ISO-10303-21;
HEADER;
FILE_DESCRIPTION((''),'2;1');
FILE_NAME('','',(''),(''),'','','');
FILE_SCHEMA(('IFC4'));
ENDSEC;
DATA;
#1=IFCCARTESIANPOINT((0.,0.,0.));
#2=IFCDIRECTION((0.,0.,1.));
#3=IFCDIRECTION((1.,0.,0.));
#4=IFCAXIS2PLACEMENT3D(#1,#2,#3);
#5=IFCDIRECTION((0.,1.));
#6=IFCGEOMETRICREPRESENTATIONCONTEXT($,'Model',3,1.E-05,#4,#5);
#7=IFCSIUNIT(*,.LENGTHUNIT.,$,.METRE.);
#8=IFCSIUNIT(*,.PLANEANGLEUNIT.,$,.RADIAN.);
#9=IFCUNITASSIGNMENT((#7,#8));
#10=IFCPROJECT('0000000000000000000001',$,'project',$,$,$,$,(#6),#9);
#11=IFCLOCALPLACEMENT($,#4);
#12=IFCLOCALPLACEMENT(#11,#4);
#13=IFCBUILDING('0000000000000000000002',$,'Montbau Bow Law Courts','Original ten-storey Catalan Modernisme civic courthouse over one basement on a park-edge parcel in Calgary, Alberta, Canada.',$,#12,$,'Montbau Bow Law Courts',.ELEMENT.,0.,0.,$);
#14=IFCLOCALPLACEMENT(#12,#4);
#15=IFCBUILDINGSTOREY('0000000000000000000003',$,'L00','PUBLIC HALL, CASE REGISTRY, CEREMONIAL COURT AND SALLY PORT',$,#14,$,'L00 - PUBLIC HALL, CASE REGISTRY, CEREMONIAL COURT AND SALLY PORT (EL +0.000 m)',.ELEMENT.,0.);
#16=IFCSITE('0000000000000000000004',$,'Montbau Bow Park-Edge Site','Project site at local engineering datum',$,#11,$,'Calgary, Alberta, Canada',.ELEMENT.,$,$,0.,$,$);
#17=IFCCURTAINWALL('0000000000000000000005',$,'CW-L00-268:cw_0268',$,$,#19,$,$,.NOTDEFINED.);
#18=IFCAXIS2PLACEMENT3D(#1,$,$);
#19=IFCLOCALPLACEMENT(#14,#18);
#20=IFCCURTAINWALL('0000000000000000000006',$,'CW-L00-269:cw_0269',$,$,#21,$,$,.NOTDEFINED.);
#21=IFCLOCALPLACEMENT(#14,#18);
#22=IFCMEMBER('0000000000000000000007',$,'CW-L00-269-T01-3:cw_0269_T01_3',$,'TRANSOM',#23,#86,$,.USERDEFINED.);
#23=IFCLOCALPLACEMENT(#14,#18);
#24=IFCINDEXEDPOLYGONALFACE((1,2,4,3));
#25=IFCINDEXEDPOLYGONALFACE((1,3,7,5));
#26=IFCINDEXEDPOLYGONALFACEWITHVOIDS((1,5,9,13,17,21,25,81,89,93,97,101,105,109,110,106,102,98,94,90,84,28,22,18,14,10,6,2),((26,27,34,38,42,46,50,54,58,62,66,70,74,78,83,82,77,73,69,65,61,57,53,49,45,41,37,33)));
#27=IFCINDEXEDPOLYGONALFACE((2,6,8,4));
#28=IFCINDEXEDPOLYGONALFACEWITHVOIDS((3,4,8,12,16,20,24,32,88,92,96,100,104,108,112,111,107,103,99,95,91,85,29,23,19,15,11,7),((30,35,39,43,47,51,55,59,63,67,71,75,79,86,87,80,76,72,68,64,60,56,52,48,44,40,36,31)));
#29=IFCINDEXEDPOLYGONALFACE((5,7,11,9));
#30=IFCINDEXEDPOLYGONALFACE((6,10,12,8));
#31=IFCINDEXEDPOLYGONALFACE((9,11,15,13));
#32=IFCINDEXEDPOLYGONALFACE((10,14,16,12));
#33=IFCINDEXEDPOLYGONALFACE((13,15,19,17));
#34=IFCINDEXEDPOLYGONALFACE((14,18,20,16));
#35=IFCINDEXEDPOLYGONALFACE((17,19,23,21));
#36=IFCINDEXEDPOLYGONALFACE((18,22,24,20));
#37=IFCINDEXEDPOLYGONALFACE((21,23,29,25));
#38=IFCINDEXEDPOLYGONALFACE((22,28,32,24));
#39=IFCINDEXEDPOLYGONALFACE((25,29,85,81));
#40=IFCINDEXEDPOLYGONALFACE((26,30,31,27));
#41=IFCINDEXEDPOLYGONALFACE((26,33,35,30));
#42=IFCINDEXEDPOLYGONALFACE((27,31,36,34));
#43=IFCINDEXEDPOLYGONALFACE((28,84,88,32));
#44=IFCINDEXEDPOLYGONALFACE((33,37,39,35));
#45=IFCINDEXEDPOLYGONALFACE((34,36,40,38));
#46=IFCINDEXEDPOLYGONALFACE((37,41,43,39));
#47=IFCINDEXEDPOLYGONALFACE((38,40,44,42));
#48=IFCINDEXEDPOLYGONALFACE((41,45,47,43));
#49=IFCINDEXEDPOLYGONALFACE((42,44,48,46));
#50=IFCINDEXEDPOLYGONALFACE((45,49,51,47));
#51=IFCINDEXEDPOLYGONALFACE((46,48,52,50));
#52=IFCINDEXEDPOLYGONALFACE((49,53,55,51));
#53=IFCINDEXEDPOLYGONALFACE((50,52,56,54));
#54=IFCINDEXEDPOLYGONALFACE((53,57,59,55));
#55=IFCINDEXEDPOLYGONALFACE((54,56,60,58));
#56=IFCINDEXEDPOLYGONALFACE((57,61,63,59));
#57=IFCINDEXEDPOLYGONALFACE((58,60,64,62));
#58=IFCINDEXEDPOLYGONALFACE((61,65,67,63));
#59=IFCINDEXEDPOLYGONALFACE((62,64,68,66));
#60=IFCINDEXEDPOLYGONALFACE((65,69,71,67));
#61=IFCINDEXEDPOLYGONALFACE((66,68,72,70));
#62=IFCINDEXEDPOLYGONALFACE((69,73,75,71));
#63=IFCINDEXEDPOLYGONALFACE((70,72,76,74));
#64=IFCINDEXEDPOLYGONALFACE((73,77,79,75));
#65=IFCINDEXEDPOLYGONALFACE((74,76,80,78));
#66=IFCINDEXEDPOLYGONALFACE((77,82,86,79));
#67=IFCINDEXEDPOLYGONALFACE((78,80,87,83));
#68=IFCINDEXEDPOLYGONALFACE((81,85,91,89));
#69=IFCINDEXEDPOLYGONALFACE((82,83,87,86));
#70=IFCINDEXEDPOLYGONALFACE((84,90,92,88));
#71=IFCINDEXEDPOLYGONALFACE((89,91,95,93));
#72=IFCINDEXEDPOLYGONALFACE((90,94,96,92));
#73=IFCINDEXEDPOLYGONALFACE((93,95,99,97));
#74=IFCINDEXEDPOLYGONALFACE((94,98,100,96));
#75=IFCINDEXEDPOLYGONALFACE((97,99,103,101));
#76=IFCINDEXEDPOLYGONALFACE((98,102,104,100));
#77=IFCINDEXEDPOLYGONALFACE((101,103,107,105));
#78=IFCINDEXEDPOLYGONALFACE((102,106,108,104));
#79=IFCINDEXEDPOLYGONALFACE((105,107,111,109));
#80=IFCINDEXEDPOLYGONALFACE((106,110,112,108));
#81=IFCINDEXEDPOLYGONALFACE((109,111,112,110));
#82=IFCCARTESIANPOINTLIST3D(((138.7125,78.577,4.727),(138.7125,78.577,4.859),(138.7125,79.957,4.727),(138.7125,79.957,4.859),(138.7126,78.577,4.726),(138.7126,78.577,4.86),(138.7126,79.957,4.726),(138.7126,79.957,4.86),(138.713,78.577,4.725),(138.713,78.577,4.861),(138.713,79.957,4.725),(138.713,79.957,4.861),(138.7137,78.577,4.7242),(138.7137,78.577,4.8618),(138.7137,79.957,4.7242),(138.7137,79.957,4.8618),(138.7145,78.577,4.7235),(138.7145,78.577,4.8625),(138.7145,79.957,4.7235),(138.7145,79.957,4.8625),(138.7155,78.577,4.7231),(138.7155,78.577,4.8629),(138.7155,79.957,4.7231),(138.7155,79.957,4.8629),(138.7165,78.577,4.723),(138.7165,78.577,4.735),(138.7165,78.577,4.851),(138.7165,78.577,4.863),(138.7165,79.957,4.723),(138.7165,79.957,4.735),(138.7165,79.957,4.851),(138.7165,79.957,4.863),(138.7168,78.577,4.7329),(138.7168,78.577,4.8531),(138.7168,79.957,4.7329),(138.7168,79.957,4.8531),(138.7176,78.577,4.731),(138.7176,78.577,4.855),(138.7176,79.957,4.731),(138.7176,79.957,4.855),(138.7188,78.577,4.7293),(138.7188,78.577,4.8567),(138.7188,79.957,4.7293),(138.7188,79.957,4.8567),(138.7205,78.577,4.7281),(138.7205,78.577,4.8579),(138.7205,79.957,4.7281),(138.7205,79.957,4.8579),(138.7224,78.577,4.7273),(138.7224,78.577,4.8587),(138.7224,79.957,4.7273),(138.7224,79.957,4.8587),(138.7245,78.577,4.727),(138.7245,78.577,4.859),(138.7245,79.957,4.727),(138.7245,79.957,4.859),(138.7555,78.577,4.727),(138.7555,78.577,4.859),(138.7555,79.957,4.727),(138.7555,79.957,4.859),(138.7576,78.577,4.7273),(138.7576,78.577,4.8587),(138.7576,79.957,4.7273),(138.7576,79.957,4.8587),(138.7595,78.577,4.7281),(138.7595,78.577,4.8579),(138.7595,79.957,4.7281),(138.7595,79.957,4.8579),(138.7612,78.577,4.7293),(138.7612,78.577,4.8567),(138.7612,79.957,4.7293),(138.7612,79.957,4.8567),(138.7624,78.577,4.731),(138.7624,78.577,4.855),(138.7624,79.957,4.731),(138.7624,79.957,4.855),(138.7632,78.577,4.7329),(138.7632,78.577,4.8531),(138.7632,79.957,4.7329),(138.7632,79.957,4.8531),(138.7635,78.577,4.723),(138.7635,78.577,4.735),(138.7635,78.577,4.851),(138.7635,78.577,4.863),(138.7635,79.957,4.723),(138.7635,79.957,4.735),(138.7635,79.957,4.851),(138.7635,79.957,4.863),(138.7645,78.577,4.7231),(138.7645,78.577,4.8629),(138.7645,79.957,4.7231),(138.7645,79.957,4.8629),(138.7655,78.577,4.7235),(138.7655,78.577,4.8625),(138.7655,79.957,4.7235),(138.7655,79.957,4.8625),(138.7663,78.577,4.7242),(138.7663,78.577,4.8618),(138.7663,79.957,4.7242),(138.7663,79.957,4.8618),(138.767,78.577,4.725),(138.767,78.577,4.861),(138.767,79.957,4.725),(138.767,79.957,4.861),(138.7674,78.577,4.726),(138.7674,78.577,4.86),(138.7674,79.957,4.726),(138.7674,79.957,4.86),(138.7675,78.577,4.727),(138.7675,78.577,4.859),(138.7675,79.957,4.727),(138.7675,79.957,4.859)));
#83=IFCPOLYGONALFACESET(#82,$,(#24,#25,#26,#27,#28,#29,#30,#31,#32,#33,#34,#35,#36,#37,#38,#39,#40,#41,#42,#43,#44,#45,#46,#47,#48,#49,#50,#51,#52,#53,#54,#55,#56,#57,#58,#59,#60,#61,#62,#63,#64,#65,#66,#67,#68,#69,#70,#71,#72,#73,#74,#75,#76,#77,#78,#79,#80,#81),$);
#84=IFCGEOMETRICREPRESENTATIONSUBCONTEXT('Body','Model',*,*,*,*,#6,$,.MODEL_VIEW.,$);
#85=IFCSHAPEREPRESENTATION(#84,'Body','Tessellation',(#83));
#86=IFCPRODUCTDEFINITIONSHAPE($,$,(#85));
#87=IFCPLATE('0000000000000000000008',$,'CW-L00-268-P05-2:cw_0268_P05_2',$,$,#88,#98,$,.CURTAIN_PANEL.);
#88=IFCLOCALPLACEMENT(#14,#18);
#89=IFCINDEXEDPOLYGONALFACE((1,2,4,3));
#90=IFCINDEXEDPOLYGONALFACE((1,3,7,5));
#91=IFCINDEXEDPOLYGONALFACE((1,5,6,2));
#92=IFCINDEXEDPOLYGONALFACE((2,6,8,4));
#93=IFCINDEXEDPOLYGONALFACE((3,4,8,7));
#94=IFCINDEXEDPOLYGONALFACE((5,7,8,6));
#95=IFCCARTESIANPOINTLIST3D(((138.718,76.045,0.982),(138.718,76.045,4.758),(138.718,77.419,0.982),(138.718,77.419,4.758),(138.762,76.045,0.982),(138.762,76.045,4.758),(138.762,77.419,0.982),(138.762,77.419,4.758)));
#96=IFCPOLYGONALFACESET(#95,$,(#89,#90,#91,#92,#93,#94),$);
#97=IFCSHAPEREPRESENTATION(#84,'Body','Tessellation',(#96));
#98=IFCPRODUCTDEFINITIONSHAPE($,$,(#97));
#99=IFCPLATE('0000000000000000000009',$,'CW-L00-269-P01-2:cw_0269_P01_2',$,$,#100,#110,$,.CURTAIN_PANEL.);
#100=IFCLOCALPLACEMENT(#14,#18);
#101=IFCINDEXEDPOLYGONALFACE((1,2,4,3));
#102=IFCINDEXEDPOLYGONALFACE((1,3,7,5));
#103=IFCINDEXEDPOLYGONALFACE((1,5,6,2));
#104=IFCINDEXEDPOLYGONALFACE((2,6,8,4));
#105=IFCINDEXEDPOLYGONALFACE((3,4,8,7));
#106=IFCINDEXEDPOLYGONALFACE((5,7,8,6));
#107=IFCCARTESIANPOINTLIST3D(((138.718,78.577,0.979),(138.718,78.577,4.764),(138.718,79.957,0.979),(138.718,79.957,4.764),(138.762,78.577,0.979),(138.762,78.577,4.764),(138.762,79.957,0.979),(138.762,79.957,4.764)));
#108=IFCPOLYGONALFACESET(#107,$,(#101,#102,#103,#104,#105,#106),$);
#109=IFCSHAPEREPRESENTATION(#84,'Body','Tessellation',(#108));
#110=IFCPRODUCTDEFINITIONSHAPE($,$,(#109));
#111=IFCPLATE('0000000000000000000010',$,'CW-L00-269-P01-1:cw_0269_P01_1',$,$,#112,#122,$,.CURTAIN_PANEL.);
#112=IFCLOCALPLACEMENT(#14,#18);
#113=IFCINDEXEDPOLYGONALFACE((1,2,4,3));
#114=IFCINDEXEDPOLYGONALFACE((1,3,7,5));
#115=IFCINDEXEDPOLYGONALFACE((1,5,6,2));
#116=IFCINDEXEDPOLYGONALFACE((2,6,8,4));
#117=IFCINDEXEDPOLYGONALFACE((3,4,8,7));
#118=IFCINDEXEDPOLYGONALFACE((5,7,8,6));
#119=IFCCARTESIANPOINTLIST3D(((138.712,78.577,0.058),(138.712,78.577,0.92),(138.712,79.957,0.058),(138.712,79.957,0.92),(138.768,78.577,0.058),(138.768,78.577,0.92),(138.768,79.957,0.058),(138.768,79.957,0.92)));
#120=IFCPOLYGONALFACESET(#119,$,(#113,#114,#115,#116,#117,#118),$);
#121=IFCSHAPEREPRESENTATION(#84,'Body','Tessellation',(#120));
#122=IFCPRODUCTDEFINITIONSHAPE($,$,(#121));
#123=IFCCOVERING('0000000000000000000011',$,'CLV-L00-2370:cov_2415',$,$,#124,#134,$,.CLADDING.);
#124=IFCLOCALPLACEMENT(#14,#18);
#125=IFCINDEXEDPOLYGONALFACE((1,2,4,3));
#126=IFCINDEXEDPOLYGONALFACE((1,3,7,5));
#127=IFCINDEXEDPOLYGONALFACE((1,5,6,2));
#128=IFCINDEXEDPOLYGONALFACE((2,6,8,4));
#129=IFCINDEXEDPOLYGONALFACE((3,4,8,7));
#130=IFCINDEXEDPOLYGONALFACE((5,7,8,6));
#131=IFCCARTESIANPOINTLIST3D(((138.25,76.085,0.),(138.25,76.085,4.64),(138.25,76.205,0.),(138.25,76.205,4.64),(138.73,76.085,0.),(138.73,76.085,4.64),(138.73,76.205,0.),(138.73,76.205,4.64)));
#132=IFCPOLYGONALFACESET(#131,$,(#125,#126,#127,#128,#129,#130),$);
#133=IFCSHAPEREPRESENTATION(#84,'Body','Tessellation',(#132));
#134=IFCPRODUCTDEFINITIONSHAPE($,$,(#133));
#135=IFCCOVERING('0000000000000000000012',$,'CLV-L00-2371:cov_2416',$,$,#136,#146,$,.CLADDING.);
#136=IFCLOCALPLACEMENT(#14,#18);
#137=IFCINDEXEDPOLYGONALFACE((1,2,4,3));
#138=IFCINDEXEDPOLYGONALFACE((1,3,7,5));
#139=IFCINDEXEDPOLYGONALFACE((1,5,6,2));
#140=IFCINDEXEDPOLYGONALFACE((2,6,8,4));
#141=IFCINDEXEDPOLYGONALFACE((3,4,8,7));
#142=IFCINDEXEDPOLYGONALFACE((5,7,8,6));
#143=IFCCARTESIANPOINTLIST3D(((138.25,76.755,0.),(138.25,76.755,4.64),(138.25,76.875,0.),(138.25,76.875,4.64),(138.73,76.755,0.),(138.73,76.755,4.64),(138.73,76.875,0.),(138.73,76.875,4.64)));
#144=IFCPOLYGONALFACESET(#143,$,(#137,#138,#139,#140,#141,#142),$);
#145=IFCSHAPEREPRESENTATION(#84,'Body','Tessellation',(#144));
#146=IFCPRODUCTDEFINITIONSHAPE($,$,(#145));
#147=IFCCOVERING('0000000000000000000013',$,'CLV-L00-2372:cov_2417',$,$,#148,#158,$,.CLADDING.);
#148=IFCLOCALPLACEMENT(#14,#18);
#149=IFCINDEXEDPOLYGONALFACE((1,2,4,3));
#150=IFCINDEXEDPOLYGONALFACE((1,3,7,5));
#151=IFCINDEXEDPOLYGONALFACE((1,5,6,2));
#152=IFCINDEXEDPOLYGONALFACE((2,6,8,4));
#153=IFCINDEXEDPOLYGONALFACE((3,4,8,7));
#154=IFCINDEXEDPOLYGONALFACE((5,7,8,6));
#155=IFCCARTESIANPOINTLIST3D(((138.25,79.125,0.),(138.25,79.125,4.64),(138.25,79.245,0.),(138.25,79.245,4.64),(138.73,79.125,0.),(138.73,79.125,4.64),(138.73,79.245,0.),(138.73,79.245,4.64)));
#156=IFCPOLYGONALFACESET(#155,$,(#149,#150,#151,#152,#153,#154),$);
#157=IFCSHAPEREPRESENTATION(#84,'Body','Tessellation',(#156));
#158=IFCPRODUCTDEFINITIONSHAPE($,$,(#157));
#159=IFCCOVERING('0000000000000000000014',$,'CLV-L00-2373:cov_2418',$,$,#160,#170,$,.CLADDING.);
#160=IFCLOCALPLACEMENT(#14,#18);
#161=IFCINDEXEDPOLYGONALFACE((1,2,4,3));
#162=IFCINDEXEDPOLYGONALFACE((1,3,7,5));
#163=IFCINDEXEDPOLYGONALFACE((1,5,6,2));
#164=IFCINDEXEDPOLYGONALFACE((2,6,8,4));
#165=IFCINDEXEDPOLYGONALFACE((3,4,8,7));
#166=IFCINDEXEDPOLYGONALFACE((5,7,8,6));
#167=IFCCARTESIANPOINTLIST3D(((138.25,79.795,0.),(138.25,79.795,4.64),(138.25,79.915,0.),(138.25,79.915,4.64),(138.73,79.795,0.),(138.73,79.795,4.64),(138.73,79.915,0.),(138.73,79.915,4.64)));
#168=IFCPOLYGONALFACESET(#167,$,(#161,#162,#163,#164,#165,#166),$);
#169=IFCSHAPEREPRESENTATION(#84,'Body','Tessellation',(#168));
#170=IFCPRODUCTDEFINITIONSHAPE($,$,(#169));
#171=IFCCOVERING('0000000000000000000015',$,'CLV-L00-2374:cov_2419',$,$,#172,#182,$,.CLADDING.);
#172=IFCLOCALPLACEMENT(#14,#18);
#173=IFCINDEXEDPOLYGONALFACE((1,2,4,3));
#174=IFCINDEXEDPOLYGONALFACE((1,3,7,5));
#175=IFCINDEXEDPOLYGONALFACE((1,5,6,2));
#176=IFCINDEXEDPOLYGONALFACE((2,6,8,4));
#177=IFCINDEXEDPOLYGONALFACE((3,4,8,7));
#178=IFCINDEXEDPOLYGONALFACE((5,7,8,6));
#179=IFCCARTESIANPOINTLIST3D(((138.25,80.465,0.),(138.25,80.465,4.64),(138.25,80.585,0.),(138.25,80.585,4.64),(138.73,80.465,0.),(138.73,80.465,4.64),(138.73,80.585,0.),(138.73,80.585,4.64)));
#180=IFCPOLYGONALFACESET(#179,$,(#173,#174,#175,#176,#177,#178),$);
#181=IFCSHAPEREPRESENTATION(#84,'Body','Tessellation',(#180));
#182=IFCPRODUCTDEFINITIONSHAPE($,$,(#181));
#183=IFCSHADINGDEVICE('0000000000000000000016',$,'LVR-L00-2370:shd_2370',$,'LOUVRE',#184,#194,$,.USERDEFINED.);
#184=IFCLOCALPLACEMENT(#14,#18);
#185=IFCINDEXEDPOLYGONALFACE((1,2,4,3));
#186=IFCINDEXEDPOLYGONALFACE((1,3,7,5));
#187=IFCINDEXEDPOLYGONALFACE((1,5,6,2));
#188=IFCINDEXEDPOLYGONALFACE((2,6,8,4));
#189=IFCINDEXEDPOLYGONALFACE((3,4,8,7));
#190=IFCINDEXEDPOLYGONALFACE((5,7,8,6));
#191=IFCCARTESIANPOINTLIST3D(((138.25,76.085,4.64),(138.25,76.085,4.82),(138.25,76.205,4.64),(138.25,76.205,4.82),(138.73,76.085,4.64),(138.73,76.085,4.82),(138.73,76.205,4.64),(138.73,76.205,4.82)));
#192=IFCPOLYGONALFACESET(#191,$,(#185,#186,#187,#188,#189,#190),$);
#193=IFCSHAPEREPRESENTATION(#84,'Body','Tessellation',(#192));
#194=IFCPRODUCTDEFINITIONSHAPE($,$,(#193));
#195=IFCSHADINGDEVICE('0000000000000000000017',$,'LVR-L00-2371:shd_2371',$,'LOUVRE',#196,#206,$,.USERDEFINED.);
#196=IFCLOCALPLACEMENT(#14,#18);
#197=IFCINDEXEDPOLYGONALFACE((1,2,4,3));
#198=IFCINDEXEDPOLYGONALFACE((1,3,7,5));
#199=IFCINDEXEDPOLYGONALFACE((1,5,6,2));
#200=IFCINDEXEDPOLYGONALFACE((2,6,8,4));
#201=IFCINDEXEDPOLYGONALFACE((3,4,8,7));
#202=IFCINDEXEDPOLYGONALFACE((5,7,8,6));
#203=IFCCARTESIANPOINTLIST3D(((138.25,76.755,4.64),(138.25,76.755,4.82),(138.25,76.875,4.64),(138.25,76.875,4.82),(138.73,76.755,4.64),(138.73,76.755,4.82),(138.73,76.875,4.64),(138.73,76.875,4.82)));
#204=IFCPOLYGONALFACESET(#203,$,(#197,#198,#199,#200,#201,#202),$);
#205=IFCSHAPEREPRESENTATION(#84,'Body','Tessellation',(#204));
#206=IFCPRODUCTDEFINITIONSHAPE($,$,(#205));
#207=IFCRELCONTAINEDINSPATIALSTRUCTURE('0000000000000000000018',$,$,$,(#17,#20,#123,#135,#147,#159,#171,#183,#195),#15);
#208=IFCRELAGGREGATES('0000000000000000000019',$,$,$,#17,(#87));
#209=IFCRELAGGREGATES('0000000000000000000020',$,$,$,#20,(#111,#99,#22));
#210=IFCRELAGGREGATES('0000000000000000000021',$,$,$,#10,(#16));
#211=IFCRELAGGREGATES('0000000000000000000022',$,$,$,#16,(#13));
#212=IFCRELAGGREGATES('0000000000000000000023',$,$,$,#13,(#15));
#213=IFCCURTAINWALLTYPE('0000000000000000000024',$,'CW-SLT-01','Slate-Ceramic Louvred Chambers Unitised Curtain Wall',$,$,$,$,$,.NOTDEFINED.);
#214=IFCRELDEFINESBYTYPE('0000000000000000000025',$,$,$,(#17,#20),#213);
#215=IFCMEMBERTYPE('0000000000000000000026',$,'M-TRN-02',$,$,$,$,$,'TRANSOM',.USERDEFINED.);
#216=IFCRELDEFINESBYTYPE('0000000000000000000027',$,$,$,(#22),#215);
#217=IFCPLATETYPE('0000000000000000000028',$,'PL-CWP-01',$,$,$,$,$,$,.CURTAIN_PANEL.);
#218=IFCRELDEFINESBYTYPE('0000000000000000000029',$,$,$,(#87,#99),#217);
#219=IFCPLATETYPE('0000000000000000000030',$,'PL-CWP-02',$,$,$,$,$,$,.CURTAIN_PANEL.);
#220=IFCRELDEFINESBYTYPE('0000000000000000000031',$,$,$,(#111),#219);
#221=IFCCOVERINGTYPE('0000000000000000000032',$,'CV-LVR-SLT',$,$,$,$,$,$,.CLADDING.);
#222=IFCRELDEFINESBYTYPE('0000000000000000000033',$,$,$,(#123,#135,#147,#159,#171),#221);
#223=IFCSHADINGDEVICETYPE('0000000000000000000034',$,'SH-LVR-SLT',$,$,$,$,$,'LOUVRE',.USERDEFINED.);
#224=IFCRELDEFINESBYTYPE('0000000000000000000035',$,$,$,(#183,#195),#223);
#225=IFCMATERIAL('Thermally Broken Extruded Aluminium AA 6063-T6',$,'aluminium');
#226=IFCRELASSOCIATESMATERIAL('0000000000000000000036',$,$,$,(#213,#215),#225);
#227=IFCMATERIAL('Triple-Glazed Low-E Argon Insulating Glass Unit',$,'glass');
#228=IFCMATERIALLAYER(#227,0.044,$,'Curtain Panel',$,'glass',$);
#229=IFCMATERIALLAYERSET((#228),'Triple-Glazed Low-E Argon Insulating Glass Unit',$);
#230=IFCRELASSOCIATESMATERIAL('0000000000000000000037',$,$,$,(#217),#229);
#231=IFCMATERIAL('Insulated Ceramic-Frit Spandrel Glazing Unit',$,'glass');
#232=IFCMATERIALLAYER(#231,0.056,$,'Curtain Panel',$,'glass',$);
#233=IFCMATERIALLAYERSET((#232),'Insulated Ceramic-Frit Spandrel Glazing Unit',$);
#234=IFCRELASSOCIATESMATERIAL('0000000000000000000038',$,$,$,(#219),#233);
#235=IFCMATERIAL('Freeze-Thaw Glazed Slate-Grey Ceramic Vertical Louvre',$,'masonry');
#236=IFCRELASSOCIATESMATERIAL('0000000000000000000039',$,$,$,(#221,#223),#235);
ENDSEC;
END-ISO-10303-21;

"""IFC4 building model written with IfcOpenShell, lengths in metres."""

from ifc_helpers import new_model, si_unit, direction, frame, frame_2d, origin_with_axes, origin_2d_with_axis, place, context, subcontext, project, spatial, rectangle, hollow_rectangle, extrude, material, layer, layer_set, material_profile, profile_set, type_object, element, aggregate, save


model = new_model("IFC4")

# Units and contexts
model_context = context("Model", 3, precision=1e-05, world=origin_with_axes(), true_north=direction((0.0, 1.0)))
body_context = subcontext(model_context, "Body", "Model", "MODEL_VIEW")
ifc_project = project(units=[si_unit("LENGTHUNIT", "METRE"), si_unit("PLANEANGLEUNIT", "RADIAN")], contexts=[model_context])

# Site, building, storey
site_placement = place(None, origin_with_axes())
site = spatial("IfcSite", under=ifc_project, at=site_placement, Name="Montbau Bow Park-Edge Site", Description="Project site at local engineering datum", LongName="Calgary, Alberta, Canada", CompositionType="ELEMENT", RefElevation=0.0)
building_placement = place(site_placement, origin_with_axes())
building = spatial("IfcBuilding", under=site, at=building_placement, Name="Montbau Bow Law Courts", Description="Original ten-storey Catalan Modernisme civic courthouse over one basement on a park-edge parcel in Calgary, Alberta, Canada.", LongName="Montbau Bow Law Courts", CompositionType="ELEMENT", ElevationOfRefHeight=0.0, ElevationOfTerrain=0.0)
storey_placement = place(building_placement, origin_with_axes())
storey = spatial("IfcBuildingStorey", under=building, at=storey_placement, Name="L00", Description="PUBLIC HALL, CASE REGISTRY, CEREMONIAL COURT AND SALLY PORT", LongName="L00 - PUBLIC HALL, CASE REGISTRY, CEREMONIAL COURT AND SALLY PORT (EL +0.000 m)", CompositionType="ELEMENT", Elevation=0.0)

# Curtain wall
ifc_material_1 = material(Name="Thermally Broken Extruded Aluminium AA 6063-T6", Category="aluminium")
curtain_wall_type = type_object("IfcCurtainWallType", Name="CW-SLT-01", Description="Slate-Ceramic Louvred Chambers Unitised Curtain Wall", PredefinedType="NOTDEFINED", material=ifc_material_1)
curtain_wall_1_placement = place(None, frame((138.74, 70.115, 0.0), z_axis=(0.0, 0.0, 1.0), x_axis=(1.0, 0.0, 0.0)))
curtain_wall_1 = element("IfcCurtainWall", 1, at=curtain_wall_1_placement, inside=storey, type_object=curtain_wall_type, Name="CW-L00-268:cw_0268", PredefinedType="NOTDEFINED")

# Curtain wall
curtain_wall_2_placement = place(None, frame((138.74, 78.515, 0.0), z_axis=(0.0, 0.0, 1.0), x_axis=(1.0, 0.0, 0.0)))
curtain_wall_2 = element("IfcCurtainWall", 2, at=curtain_wall_2_placement, inside=storey, type_object=curtain_wall_type, Name="CW-L00-269:cw_0269", PredefinedType="NOTDEFINED")

# Member
ifc_material_profile_1 = material_profile(ifc_material_1, hollow_rectangle(XDim=0.055, YDim=0.14, WallThickness=0.004, InnerFilletRadius=0.008, OuterFilletRadius=0.004, at=origin_2d_with_axis()), Name="CWT-140X55", Category="Main", Priority=0)
ifc_profile_set_1 = profile_set([ifc_material_profile_1], Name="Thermally Broken Extruded Aluminium AA 6063-T6")
member_type_1 = type_object("IfcMemberType", Name="M-TRN-02", ElementType="TRANSOM", PredefinedType="USERDEFINED", material=ifc_profile_set_1)
member_1_placement = place(None, frame((138.74, 78.577, 4.793), z_axis=(0.0, 1.0, 0.0), x_axis=(-1.0, 0.0, 0.0)))
member_1 = element("IfcMember", 3, at=member_1_placement, type_object=member_type_1, Name="CW-L00-269-T01-3:cw_0269_T01_3", ObjectType="TRANSOM", PredefinedType="USERDEFINED", context=body_context, shape_type="SweptSolid", body=[
    extrude(hollow_rectangle(XDim=0.055, YDim=0.14, WallThickness=0.004, InnerFilletRadius=0.008, OuterFilletRadius=0.004, at=origin_2d_with_axis()), origin_with_axes(), (0.0, 0.0, 1.0), 1.38),
])

# Plates
ifc_material_2 = material(Name="Triple-Glazed Low-E Argon Insulating Glass Unit", Category="glass")
ifc_layer_1 = layer(ifc_material_2, 0.044, Name="Curtain Panel", Category="glass")
ifc_layer_set_1 = layer_set([ifc_layer_1], Name="Triple-Glazed Low-E Argon Insulating Glass Unit")
plate_type_1 = type_object("IfcPlateType", Name="PL-CWP-01", PredefinedType="CURTAIN_PANEL", material=ifc_layer_set_1)
plate_1_placement = place(None, frame((138.74, 76.045, 0.982), z_axis=(1.0, 0.0, 0.0), x_axis=(0.0, 1.0, 0.0)))
plate_1 = element("IfcPlate", 4, at=plate_1_placement, type_object=plate_type_1, Name="CW-L00-268-P05-2:cw_0268_P05_2", PredefinedType="CURTAIN_PANEL", context=body_context, shape_type="SweptSolid", body=[
    extrude(rectangle(XDim=1.374, YDim=3.776, at=frame_2d((0.687, 1.888), x_axis=(1.0, 0.0))), frame((0.0, 0.0, -0.022), z_axis=(0.0, 0.0, 1.0), x_axis=(1.0, 0.0, 0.0)), (0.0, 0.0, 1.0), 0.044),
])
aggregate(curtain_wall_1, [plate_1])
plate_2_placement = place(None, frame((138.74, 78.577, 0.979), z_axis=(1.0, 0.0, 0.0), x_axis=(0.0, 1.0, 0.0)))
plate_2 = element("IfcPlate", 5, at=plate_2_placement, type_object=plate_type_1, Name="CW-L00-269-P01-2:cw_0269_P01_2", PredefinedType="CURTAIN_PANEL", context=body_context, shape_type="SweptSolid", body=[
    extrude(rectangle(XDim=1.38, YDim=3.785, at=frame_2d((0.69, 1.8925), x_axis=(1.0, 0.0))), frame((0.0, 0.0, -0.022), z_axis=(0.0, 0.0, 1.0), x_axis=(1.0, 0.0, 0.0)), (0.0, 0.0, 1.0), 0.044),
])
ifc_material_3 = material(Name="Insulated Ceramic-Frit Spandrel Glazing Unit", Category="glass")
ifc_layer_2 = layer(ifc_material_3, 0.056, Name="Curtain Panel", Category="glass")
ifc_layer_set_2 = layer_set([ifc_layer_2], Name="Insulated Ceramic-Frit Spandrel Glazing Unit")
plate_type_2 = type_object("IfcPlateType", Name="PL-CWP-02", PredefinedType="CURTAIN_PANEL", material=ifc_layer_set_2)
plate_3_placement = place(None, frame((138.74, 78.577, 0.058), z_axis=(1.0, 0.0, 0.0), x_axis=(0.0, 1.0, 0.0)))
plate_3 = element("IfcPlate", 6, at=plate_3_placement, type_object=plate_type_2, Name="CW-L00-269-P01-1:cw_0269_P01_1", PredefinedType="CURTAIN_PANEL", context=body_context, shape_type="SweptSolid", body=[
    extrude(rectangle(XDim=1.38, YDim=0.862, at=frame_2d((0.69, 0.431), x_axis=(1.0, 0.0))), frame((0.0, 0.0, -0.028), z_axis=(0.0, 0.0, 1.0), x_axis=(1.0, 0.0, 0.0)), (0.0, 0.0, 1.0), 0.056),
])
aggregate(curtain_wall_2, [plate_3, plate_2, member_1])

# Coverings
ifc_material_4 = material(Name="Freeze-Thaw Glazed Slate-Grey Ceramic Vertical Louvre", Category="masonry")
covering_type = type_object("IfcCoveringType", Name="CV-LVR-SLT", PredefinedType="CLADDING", material=ifc_material_4)
for number, where, z_axis, x_axis, name in (
    (7, (138.73, 76.145, 0.0), (0.0, 1.0, 0.0), (-1.0, 0.0, 0.0), "CLV-L00-2370:cov_2415"),
    (8, (138.73, 76.815, 0.0), (0.0, 1.0, 0.0), (-1.0, 0.0, 0.0), "CLV-L00-2371:cov_2416"),
    (9, (138.73, 79.185, 0.0), (0.0, 1.0, 0.0), (-1.0, 0.0, 0.0), "CLV-L00-2372:cov_2417"),
    (10, (138.73, 79.855, 0.0), (0.0, 1.0, 0.0), (-1.0, 0.0, 0.0), "CLV-L00-2373:cov_2418"),
    (11, (138.73, 80.525, 0.0), (0.0, 1.0, 0.0), (-1.0, 0.0, 0.0), "CLV-L00-2374:cov_2419"),
):
    element("IfcCovering", number, at=place(None, frame(where, z_axis=z_axis, x_axis=x_axis)), inside=storey, type_object=covering_type, Name=name, PredefinedType="CLADDING", context=body_context, shape_type="SweptSolid", body=[
        extrude(rectangle(XDim=0.48, YDim=4.64, at=frame_2d((0.24, 2.32), x_axis=(1.0, 0.0))), frame((0.0, 0.0, -0.06), z_axis=(0.0, 0.0, 1.0), x_axis=(1.0, 0.0, 0.0)), (0.0, 0.0, 1.0), 0.12),
    ])

# Shading devices
shading_device_type = type_object("IfcShadingDeviceType", Name="SH-LVR-SLT", ElementType="LOUVRE", PredefinedType="USERDEFINED", material=ifc_material_4)
for number, where, z_axis, x_axis, name in (
    (12, (138.49, 76.145, 4.64), (0.0, 0.0, 1.0), (-1.0, 0.0, 0.0), "LVR-L00-2370:shd_2370"),
    (13, (138.49, 76.815, 4.64), (0.0, 0.0, 1.0), (-1.0, 0.0, 0.0), "LVR-L00-2371:shd_2371"),
):
    element("IfcShadingDevice", number, at=place(None, frame(where, z_axis=z_axis, x_axis=x_axis)), inside=storey, type_object=shading_device_type, Name=name, ObjectType="LOUVRE", PredefinedType="USERDEFINED", context=body_context, shape_type="SweptSolid", body=[
        extrude(rectangle(XDim=0.48, YDim=0.12, at=origin_2d_with_axis()), origin_with_axes(), (0.0, 0.0, 1.0), 0.18),
    ])

save(model, "model.ifc")
